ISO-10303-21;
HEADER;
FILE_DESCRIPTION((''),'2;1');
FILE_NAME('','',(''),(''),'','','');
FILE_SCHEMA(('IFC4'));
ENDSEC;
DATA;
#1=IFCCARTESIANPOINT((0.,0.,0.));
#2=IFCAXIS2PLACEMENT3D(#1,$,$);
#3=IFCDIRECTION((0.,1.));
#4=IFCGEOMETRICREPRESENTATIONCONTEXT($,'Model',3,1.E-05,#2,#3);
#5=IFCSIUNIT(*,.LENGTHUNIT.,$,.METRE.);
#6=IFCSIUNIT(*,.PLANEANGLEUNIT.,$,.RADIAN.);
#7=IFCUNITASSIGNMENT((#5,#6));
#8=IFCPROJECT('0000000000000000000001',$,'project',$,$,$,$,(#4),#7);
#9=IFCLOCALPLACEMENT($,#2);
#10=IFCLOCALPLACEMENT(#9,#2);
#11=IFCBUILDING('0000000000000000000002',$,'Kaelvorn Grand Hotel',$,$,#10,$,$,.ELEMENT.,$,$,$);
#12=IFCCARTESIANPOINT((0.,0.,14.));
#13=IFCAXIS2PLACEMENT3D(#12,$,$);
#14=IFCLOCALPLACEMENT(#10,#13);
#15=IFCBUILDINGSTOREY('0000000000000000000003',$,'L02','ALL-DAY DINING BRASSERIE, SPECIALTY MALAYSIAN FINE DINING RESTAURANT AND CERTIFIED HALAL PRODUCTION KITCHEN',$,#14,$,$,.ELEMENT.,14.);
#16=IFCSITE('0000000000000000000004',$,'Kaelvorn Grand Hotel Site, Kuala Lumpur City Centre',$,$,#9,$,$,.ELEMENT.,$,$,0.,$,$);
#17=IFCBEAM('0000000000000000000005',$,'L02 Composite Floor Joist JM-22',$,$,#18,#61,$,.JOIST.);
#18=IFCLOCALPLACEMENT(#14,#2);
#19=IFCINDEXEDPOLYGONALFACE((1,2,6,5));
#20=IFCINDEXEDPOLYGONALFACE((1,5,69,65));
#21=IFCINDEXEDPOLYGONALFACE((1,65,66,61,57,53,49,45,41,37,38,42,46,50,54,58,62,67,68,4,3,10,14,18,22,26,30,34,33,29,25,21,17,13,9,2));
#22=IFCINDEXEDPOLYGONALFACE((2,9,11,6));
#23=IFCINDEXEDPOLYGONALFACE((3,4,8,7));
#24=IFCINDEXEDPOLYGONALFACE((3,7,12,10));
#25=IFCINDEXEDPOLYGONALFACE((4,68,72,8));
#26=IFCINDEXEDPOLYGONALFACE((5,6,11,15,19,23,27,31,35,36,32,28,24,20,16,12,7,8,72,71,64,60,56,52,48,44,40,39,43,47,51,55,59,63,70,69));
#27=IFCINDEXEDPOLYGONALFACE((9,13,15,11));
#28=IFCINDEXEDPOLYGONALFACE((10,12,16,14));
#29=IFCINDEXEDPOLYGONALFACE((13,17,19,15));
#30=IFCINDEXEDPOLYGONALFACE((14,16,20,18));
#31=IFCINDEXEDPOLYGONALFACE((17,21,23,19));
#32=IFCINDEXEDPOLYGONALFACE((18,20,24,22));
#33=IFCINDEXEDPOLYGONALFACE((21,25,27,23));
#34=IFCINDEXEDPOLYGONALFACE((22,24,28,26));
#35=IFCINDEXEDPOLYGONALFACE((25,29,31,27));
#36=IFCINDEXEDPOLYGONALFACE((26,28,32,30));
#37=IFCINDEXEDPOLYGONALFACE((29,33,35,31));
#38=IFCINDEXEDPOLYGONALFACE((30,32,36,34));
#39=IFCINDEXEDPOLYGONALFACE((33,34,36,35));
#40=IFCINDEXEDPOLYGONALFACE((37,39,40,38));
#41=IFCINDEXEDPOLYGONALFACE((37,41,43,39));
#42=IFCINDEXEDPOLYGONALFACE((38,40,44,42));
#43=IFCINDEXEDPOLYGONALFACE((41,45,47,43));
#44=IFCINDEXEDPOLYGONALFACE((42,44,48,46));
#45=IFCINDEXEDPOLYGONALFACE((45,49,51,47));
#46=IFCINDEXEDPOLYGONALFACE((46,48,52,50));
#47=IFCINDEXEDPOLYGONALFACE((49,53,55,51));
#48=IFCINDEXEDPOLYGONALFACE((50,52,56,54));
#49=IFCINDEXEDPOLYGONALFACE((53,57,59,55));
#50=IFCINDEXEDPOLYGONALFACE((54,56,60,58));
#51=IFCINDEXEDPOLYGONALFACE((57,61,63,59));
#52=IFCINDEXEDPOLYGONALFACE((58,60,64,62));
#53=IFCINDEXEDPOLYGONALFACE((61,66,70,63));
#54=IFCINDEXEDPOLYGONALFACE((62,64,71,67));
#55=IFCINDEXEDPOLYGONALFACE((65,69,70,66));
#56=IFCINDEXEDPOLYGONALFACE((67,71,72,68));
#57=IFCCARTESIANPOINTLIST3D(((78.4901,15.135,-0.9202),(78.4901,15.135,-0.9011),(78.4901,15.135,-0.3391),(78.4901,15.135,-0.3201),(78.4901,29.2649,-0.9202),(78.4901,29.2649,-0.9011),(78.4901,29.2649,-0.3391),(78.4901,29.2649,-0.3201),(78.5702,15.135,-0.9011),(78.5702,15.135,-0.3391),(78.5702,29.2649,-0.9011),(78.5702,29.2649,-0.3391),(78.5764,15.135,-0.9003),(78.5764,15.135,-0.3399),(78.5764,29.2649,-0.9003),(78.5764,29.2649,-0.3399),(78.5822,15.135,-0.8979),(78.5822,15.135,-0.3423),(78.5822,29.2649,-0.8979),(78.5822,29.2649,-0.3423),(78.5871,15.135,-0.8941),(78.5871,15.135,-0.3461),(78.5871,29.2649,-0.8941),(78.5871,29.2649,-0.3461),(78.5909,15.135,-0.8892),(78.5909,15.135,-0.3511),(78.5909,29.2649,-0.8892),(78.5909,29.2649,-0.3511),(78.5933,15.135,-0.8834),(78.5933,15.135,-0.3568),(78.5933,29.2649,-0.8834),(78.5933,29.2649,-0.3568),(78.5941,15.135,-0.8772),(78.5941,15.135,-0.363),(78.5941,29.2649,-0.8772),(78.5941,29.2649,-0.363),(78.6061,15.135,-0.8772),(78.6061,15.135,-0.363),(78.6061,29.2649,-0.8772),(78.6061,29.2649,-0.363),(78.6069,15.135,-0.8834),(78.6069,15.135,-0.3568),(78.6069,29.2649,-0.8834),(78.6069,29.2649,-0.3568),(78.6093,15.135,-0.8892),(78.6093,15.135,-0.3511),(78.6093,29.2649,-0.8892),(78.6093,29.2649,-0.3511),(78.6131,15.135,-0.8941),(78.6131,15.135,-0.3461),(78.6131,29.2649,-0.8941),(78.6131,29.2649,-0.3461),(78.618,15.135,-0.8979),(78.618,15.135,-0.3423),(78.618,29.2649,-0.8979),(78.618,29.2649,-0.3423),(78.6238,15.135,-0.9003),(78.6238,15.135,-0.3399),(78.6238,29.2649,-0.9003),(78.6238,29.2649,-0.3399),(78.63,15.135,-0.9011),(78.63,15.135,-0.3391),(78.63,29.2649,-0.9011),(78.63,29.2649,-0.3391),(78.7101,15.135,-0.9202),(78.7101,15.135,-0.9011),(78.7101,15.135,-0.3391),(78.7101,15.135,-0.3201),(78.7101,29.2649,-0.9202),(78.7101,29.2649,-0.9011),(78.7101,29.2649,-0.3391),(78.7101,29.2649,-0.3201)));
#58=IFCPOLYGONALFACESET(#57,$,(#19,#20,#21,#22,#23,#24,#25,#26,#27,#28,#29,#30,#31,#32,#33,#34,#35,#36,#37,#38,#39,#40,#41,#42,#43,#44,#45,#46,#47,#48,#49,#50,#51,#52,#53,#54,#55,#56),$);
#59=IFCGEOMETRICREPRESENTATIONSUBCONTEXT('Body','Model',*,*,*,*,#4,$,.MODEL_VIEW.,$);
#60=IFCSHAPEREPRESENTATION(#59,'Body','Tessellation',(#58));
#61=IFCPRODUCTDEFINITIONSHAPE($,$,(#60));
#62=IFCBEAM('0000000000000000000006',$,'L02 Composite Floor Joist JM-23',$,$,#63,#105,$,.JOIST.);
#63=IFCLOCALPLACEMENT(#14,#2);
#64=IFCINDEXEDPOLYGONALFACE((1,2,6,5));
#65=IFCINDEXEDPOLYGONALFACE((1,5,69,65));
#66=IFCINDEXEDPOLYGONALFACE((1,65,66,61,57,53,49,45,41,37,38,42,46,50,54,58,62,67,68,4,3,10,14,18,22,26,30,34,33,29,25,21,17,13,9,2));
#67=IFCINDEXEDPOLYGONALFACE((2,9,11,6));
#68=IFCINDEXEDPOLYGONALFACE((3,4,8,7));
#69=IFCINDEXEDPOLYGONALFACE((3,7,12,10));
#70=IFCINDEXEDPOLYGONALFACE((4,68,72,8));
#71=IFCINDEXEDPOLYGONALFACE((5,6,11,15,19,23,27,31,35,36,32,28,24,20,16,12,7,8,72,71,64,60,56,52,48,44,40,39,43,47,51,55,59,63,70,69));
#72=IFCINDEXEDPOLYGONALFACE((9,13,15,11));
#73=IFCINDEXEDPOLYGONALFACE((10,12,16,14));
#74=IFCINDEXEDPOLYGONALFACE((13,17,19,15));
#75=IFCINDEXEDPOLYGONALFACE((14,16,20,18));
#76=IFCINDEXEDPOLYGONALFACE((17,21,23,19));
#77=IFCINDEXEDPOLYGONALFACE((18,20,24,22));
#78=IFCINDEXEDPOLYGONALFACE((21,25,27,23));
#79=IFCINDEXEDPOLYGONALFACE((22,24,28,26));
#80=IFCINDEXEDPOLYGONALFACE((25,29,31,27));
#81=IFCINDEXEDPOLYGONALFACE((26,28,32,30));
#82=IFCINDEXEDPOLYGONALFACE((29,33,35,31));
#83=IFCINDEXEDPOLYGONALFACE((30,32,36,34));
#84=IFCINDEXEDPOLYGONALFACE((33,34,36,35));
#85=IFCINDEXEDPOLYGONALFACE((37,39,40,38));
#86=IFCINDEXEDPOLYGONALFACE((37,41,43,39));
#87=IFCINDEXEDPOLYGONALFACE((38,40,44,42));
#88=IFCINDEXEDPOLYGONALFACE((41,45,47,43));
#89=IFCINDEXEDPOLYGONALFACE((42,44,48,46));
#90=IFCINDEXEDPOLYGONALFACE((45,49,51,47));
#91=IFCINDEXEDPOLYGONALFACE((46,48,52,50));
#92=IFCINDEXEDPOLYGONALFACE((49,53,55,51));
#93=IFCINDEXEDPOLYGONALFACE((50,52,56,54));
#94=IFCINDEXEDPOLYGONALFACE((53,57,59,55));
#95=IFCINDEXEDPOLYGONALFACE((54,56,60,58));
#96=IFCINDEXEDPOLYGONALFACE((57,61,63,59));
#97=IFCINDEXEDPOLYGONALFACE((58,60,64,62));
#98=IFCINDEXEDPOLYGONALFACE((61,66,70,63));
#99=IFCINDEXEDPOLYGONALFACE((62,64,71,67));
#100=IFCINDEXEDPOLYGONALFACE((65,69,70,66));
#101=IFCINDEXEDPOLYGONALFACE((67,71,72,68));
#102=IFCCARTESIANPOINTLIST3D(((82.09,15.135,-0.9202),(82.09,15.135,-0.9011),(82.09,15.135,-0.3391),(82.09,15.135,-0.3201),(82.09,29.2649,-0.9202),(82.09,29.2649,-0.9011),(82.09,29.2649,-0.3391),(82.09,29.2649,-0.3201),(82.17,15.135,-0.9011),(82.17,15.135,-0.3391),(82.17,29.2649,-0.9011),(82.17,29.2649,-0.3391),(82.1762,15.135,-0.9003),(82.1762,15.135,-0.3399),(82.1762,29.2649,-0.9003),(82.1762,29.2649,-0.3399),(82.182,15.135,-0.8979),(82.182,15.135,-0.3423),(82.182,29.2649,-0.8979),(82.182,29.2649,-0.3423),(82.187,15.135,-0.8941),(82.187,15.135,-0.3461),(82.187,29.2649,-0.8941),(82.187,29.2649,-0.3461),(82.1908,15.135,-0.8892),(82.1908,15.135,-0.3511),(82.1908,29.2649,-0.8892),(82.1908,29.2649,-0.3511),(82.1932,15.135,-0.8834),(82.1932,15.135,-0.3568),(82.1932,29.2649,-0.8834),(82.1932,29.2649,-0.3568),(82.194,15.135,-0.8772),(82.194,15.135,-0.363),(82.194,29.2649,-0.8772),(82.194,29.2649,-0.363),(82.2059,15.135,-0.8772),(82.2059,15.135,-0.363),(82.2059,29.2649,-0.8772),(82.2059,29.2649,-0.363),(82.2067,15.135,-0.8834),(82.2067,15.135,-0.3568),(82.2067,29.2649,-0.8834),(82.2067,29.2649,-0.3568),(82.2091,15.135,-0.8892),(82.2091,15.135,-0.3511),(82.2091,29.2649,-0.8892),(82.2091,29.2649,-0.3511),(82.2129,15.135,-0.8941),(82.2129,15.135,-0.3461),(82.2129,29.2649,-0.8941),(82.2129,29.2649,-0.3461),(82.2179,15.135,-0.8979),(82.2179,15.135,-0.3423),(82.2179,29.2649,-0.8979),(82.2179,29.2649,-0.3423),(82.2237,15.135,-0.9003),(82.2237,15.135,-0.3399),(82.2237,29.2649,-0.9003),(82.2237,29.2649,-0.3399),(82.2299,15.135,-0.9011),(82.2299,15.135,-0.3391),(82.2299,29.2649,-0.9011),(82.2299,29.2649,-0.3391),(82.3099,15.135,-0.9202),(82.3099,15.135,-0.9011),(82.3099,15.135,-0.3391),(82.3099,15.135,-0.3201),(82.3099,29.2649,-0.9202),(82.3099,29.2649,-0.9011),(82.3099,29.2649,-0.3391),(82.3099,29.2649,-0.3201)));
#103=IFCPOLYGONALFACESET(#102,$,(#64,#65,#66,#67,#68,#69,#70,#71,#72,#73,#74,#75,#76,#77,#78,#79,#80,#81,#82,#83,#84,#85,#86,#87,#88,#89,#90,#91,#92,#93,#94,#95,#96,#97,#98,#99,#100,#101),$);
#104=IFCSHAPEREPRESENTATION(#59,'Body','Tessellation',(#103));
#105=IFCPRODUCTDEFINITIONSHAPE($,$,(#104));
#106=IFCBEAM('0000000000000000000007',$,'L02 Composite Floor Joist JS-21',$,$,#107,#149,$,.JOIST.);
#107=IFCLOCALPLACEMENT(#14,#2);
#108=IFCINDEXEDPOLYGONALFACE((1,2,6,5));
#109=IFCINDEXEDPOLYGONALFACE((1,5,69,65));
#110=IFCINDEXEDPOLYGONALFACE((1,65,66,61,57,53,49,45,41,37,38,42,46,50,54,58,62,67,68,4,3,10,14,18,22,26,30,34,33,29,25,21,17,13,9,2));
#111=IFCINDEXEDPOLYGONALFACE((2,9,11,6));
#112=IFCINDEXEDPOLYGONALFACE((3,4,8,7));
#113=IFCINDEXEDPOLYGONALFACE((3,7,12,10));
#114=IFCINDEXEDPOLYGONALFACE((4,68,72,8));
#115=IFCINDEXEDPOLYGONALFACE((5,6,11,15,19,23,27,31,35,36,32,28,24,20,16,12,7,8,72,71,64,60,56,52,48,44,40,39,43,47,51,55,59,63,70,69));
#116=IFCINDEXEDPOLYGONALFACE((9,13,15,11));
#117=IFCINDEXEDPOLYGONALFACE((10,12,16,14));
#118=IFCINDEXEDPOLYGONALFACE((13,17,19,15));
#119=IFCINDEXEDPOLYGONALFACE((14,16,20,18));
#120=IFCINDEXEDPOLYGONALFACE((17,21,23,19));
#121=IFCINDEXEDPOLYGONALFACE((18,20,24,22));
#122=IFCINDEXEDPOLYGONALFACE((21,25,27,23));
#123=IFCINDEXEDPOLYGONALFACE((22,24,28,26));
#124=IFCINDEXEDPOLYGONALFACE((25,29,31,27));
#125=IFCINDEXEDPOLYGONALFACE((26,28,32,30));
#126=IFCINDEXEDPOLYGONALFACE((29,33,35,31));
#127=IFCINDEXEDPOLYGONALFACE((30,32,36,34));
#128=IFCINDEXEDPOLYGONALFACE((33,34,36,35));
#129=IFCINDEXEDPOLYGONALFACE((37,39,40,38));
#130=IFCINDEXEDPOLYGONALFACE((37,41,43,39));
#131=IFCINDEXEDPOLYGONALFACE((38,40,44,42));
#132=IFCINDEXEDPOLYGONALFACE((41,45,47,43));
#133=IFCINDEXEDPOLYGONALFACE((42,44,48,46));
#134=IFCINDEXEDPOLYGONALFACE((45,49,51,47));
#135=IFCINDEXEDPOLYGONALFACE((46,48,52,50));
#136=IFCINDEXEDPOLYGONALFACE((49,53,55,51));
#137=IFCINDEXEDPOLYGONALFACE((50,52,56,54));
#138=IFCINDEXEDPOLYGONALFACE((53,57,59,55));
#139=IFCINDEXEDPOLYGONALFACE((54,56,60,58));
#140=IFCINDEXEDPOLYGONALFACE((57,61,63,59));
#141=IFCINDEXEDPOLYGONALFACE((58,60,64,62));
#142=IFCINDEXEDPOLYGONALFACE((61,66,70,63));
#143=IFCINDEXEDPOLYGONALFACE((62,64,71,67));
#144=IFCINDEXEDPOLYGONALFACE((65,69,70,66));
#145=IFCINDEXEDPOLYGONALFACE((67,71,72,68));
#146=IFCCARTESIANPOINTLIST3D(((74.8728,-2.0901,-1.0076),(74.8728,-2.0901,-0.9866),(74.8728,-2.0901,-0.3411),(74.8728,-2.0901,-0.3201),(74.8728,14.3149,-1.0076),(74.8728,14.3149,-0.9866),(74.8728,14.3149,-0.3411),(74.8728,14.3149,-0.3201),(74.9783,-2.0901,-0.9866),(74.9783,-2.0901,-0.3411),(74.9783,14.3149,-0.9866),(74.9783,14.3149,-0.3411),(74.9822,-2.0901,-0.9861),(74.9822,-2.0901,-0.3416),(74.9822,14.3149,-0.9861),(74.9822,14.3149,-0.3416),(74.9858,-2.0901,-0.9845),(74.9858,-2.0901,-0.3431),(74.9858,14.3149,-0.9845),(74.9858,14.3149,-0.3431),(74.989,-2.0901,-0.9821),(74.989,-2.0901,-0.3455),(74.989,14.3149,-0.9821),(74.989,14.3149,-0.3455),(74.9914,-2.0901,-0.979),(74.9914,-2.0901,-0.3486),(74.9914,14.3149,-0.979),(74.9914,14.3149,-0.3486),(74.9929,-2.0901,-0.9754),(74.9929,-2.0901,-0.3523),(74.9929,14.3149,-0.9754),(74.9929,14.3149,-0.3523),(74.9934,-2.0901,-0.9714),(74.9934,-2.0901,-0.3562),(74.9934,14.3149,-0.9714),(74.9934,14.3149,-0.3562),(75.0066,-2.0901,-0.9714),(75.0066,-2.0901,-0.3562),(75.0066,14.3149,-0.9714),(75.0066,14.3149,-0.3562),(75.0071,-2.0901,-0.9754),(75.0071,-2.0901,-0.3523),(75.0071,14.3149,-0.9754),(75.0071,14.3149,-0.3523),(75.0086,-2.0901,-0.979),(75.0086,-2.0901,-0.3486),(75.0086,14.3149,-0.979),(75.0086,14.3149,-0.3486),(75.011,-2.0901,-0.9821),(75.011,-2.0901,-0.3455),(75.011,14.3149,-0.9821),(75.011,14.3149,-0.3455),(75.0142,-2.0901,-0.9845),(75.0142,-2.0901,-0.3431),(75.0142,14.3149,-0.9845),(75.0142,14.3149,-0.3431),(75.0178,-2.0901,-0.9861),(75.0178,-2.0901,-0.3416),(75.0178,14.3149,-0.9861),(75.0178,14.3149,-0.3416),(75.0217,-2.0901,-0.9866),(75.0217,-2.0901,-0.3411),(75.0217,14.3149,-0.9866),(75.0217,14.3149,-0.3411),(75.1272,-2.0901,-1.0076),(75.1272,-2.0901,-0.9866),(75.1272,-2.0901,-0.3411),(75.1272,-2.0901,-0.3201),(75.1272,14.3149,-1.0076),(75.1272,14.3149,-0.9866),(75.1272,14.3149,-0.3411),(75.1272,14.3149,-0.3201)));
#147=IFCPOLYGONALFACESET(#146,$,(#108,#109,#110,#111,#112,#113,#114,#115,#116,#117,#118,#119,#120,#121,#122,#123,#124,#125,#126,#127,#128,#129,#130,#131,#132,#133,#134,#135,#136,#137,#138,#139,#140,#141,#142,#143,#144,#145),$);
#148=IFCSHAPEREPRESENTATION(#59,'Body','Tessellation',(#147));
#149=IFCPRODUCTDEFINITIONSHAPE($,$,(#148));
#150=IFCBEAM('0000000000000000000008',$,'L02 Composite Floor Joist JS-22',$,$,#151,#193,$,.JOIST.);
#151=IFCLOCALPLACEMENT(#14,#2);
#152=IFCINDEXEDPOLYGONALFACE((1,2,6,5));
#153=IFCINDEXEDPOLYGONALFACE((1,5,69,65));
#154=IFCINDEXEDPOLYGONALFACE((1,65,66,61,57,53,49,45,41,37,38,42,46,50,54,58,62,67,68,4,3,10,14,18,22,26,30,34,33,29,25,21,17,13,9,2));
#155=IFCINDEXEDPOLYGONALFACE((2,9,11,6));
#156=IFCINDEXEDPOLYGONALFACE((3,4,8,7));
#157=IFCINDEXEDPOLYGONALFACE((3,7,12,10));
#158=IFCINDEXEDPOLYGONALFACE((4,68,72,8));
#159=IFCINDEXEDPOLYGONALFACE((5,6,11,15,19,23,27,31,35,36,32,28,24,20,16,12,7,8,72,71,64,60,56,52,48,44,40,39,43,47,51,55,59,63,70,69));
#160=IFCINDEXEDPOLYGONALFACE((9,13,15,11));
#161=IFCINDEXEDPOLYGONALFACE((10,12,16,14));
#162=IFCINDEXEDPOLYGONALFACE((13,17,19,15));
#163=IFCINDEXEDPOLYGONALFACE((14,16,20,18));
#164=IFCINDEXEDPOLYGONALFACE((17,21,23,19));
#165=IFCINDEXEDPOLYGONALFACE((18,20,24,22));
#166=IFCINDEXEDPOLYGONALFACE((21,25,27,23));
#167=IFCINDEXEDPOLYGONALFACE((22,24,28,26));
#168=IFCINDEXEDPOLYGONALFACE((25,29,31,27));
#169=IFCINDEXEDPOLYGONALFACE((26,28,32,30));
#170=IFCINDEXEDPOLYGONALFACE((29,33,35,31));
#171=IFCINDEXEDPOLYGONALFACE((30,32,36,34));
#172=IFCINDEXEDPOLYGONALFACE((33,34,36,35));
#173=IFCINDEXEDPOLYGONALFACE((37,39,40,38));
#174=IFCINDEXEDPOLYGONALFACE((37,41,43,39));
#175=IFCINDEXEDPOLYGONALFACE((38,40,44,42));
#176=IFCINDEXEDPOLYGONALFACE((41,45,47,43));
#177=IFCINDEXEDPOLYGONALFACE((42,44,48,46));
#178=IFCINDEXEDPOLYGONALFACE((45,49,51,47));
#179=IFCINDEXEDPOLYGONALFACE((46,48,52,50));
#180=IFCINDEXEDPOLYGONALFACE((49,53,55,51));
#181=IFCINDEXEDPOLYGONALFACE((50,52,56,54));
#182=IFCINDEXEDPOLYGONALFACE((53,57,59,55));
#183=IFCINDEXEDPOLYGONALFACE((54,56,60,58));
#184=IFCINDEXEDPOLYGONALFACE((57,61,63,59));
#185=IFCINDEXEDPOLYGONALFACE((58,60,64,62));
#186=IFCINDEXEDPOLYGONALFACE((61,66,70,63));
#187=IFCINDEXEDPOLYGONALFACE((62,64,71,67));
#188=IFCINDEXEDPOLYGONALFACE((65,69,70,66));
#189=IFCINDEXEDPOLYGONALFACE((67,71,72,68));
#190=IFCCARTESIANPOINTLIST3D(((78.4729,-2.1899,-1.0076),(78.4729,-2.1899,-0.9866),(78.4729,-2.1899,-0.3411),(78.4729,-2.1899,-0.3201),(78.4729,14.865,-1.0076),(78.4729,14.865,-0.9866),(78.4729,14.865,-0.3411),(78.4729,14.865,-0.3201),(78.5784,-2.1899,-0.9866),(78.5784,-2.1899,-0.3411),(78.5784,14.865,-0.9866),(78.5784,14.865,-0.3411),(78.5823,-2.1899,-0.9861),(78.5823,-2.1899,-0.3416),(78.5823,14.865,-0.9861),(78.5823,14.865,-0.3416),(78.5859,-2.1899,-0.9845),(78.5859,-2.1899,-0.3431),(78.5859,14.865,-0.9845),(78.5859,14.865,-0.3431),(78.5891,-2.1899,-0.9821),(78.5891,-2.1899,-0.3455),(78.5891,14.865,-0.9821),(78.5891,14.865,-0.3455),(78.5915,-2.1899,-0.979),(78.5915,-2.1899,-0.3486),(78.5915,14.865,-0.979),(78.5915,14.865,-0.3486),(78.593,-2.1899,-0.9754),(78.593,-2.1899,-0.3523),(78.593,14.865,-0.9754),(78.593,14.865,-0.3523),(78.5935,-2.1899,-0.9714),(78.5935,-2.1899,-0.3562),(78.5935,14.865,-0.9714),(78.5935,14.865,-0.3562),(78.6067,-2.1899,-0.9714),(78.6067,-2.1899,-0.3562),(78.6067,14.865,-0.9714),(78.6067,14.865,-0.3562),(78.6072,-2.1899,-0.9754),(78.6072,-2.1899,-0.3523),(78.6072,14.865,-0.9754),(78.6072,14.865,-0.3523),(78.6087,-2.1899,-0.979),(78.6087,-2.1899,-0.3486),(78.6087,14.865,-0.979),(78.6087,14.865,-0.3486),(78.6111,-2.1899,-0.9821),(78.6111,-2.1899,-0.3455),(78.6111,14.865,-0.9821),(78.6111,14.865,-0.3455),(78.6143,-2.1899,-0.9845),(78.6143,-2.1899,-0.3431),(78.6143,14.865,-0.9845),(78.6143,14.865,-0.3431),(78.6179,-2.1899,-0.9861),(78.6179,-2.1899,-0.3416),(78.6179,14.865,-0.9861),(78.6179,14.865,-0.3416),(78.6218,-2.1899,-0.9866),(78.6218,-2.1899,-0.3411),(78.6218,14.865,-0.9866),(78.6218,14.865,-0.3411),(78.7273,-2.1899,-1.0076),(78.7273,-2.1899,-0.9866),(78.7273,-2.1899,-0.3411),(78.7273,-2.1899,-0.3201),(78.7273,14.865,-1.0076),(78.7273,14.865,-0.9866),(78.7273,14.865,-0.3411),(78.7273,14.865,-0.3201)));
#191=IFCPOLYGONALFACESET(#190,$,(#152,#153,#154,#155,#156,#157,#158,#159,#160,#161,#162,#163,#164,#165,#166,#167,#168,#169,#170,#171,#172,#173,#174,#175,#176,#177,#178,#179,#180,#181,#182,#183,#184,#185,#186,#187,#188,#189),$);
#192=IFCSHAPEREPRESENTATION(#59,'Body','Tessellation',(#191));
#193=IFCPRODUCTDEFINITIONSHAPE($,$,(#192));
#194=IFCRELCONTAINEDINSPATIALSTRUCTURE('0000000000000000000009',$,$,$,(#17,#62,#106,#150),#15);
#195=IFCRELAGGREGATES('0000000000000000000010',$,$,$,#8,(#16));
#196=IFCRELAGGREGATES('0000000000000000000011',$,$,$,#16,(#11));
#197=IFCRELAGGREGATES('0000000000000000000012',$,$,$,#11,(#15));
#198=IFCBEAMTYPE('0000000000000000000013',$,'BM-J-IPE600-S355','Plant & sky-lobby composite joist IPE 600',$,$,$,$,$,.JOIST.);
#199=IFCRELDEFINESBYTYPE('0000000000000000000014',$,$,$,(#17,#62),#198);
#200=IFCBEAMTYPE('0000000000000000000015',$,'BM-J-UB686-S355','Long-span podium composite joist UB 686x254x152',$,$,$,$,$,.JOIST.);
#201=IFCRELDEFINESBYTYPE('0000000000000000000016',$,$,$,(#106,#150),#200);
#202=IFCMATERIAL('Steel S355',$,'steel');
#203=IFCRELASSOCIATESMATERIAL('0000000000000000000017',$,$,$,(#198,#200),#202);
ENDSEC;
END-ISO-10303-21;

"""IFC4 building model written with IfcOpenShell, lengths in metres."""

from ifc_helpers import new_model, si_unit, direction, frame, origin, origin_2d, place, context, subcontext, project, spatial, i_section, extrude, material, material_profile, profile_set, type_object, element, save


model = new_model("IFC4")

# Units and contexts
model_context = context("Model", 3, precision=1e-05, world=origin(), true_north=direction((0.0, 1.0)))
body_context = subcontext(model_context, "Body", "Model", "MODEL_VIEW")
ifc_project = project(units=[si_unit("LENGTHUNIT", "METRE"), si_unit("PLANEANGLEUNIT", "RADIAN")], contexts=[model_context])

# Site, building, storey
site_placement = place(None, origin())
site = spatial("IfcSite", under=ifc_project, at=site_placement, Name="Kaelvorn Grand Hotel Site, Kuala Lumpur City Centre", CompositionType="ELEMENT", RefElevation=0.0)
building_placement = place(site_placement, origin())
building = spatial("IfcBuilding", under=site, at=building_placement, Name="Kaelvorn Grand Hotel", CompositionType="ELEMENT")
storey_placement = place(building_placement, frame((0.0, 0.0, 14.0)))
storey = spatial("IfcBuildingStorey", under=building, at=storey_placement, Name="L02", Description="ALL-DAY DINING BRASSERIE, SPECIALTY MALAYSIAN FINE DINING RESTAURANT AND CERTIFIED HALAL PRODUCTION KITCHEN", CompositionType="ELEMENT", Elevation=14.0)

# Beams
ifc_material_1 = material(Name="Steel S355", Category="steel")
ifc_material_profile_1 = material_profile(ifc_material_1, i_section(OverallWidth=0.22, OverallDepth=0.6001, WebThickness=0.012, FlangeThickness=0.019, FilletRadius=0.0239, at=origin_2d()), Name="IPE 600")
ifc_profile_set_1 = profile_set([ifc_material_profile_1], Name="Steel S355")
beam_type_1 = type_object("IfcBeamType", Name="BM-J-IPE600-S355", Description="Plant & sky-lobby composite joist IPE 600", PredefinedType="JOIST", material=ifc_profile_set_1)
for number, where, z_axis, x_axis, name in (
    (1, (78.6001, 15.135, -0.6201), (0.0, 1.0, 0.0), (-1.0, 0.0, 0.0), "L02 Composite Floor Joist JM-22"),
    (2, (82.2, 15.135, -0.6201), (0.0, 1.0, 0.0), (-1.0, 0.0, 0.0), "L02 Composite Floor Joist JM-23"),
):
    element("IfcBeam", number, at=place(storey_placement, frame(where, z_axis=z_axis, x_axis=x_axis)), inside=storey, type_object=beam_type_1, Name=name, PredefinedType="JOIST", context=body_context, shape_type="SweptSolid", body=[
        extrude(i_section(OverallWidth=0.22, OverallDepth=0.6001, WebThickness=0.012, FlangeThickness=0.019, FilletRadius=0.0239, at=origin_2d()), origin(), (0.0, 0.0, 1.0), 14.1299),
    ])
ifc_material_profile_2 = material_profile(ifc_material_1, i_section(OverallWidth=0.2544, OverallDepth=0.6875, WebThickness=0.0132, FlangeThickness=0.021, FilletRadius=0.0151, at=origin_2d()), Name="UB 686x254x152")
ifc_profile_set_2 = profile_set([ifc_material_profile_2], Name="Steel S355")
beam_type_2 = type_object("IfcBeamType", Name="BM-J-UB686-S355", Description="Long-span podium composite joist UB 686x254x152", PredefinedType="JOIST", material=ifc_profile_set_2)
beam_1_placement = place(storey_placement, frame((75.0, -2.0901, -0.6638), z_axis=(0.0, 1.0, 0.0), x_axis=(-1.0, 0.0, 0.0)))
element("IfcBeam", 3, at=beam_1_placement, inside=storey, type_object=beam_type_2, Name="L02 Composite Floor Joist JS-21", PredefinedType="JOIST", context=body_context, shape_type="SweptSolid", body=[
    extrude(i_section(OverallWidth=0.2544, OverallDepth=0.6875, WebThickness=0.0132, FlangeThickness=0.021, FilletRadius=0.0151, at=origin_2d()), origin(), (0.0, 0.0, 1.0), 16.405),
])
for number, where, z_axis, x_axis, name in (
    (4, (78.6001, -2.1899, -0.6638), (0.0, 1.0, 0.0), (-1.0, 0.0, 0.0), "L02 Composite Floor Joist JS-22"),
):
    element("IfcBeam", number, at=place(storey_placement, frame(where, z_axis=z_axis, x_axis=x_axis)), inside=storey, type_object=beam_type_2, Name=name, PredefinedType="JOIST", context=body_context, shape_type="SweptSolid", body=[
        extrude(i_section(OverallWidth=0.2544, OverallDepth=0.6875, WebThickness=0.0132, FlangeThickness=0.021, FilletRadius=0.0151, at=origin_2d()), origin(), (0.0, 0.0, 1.0), 17.0549),
    ])

save(model, "model.ifc")
